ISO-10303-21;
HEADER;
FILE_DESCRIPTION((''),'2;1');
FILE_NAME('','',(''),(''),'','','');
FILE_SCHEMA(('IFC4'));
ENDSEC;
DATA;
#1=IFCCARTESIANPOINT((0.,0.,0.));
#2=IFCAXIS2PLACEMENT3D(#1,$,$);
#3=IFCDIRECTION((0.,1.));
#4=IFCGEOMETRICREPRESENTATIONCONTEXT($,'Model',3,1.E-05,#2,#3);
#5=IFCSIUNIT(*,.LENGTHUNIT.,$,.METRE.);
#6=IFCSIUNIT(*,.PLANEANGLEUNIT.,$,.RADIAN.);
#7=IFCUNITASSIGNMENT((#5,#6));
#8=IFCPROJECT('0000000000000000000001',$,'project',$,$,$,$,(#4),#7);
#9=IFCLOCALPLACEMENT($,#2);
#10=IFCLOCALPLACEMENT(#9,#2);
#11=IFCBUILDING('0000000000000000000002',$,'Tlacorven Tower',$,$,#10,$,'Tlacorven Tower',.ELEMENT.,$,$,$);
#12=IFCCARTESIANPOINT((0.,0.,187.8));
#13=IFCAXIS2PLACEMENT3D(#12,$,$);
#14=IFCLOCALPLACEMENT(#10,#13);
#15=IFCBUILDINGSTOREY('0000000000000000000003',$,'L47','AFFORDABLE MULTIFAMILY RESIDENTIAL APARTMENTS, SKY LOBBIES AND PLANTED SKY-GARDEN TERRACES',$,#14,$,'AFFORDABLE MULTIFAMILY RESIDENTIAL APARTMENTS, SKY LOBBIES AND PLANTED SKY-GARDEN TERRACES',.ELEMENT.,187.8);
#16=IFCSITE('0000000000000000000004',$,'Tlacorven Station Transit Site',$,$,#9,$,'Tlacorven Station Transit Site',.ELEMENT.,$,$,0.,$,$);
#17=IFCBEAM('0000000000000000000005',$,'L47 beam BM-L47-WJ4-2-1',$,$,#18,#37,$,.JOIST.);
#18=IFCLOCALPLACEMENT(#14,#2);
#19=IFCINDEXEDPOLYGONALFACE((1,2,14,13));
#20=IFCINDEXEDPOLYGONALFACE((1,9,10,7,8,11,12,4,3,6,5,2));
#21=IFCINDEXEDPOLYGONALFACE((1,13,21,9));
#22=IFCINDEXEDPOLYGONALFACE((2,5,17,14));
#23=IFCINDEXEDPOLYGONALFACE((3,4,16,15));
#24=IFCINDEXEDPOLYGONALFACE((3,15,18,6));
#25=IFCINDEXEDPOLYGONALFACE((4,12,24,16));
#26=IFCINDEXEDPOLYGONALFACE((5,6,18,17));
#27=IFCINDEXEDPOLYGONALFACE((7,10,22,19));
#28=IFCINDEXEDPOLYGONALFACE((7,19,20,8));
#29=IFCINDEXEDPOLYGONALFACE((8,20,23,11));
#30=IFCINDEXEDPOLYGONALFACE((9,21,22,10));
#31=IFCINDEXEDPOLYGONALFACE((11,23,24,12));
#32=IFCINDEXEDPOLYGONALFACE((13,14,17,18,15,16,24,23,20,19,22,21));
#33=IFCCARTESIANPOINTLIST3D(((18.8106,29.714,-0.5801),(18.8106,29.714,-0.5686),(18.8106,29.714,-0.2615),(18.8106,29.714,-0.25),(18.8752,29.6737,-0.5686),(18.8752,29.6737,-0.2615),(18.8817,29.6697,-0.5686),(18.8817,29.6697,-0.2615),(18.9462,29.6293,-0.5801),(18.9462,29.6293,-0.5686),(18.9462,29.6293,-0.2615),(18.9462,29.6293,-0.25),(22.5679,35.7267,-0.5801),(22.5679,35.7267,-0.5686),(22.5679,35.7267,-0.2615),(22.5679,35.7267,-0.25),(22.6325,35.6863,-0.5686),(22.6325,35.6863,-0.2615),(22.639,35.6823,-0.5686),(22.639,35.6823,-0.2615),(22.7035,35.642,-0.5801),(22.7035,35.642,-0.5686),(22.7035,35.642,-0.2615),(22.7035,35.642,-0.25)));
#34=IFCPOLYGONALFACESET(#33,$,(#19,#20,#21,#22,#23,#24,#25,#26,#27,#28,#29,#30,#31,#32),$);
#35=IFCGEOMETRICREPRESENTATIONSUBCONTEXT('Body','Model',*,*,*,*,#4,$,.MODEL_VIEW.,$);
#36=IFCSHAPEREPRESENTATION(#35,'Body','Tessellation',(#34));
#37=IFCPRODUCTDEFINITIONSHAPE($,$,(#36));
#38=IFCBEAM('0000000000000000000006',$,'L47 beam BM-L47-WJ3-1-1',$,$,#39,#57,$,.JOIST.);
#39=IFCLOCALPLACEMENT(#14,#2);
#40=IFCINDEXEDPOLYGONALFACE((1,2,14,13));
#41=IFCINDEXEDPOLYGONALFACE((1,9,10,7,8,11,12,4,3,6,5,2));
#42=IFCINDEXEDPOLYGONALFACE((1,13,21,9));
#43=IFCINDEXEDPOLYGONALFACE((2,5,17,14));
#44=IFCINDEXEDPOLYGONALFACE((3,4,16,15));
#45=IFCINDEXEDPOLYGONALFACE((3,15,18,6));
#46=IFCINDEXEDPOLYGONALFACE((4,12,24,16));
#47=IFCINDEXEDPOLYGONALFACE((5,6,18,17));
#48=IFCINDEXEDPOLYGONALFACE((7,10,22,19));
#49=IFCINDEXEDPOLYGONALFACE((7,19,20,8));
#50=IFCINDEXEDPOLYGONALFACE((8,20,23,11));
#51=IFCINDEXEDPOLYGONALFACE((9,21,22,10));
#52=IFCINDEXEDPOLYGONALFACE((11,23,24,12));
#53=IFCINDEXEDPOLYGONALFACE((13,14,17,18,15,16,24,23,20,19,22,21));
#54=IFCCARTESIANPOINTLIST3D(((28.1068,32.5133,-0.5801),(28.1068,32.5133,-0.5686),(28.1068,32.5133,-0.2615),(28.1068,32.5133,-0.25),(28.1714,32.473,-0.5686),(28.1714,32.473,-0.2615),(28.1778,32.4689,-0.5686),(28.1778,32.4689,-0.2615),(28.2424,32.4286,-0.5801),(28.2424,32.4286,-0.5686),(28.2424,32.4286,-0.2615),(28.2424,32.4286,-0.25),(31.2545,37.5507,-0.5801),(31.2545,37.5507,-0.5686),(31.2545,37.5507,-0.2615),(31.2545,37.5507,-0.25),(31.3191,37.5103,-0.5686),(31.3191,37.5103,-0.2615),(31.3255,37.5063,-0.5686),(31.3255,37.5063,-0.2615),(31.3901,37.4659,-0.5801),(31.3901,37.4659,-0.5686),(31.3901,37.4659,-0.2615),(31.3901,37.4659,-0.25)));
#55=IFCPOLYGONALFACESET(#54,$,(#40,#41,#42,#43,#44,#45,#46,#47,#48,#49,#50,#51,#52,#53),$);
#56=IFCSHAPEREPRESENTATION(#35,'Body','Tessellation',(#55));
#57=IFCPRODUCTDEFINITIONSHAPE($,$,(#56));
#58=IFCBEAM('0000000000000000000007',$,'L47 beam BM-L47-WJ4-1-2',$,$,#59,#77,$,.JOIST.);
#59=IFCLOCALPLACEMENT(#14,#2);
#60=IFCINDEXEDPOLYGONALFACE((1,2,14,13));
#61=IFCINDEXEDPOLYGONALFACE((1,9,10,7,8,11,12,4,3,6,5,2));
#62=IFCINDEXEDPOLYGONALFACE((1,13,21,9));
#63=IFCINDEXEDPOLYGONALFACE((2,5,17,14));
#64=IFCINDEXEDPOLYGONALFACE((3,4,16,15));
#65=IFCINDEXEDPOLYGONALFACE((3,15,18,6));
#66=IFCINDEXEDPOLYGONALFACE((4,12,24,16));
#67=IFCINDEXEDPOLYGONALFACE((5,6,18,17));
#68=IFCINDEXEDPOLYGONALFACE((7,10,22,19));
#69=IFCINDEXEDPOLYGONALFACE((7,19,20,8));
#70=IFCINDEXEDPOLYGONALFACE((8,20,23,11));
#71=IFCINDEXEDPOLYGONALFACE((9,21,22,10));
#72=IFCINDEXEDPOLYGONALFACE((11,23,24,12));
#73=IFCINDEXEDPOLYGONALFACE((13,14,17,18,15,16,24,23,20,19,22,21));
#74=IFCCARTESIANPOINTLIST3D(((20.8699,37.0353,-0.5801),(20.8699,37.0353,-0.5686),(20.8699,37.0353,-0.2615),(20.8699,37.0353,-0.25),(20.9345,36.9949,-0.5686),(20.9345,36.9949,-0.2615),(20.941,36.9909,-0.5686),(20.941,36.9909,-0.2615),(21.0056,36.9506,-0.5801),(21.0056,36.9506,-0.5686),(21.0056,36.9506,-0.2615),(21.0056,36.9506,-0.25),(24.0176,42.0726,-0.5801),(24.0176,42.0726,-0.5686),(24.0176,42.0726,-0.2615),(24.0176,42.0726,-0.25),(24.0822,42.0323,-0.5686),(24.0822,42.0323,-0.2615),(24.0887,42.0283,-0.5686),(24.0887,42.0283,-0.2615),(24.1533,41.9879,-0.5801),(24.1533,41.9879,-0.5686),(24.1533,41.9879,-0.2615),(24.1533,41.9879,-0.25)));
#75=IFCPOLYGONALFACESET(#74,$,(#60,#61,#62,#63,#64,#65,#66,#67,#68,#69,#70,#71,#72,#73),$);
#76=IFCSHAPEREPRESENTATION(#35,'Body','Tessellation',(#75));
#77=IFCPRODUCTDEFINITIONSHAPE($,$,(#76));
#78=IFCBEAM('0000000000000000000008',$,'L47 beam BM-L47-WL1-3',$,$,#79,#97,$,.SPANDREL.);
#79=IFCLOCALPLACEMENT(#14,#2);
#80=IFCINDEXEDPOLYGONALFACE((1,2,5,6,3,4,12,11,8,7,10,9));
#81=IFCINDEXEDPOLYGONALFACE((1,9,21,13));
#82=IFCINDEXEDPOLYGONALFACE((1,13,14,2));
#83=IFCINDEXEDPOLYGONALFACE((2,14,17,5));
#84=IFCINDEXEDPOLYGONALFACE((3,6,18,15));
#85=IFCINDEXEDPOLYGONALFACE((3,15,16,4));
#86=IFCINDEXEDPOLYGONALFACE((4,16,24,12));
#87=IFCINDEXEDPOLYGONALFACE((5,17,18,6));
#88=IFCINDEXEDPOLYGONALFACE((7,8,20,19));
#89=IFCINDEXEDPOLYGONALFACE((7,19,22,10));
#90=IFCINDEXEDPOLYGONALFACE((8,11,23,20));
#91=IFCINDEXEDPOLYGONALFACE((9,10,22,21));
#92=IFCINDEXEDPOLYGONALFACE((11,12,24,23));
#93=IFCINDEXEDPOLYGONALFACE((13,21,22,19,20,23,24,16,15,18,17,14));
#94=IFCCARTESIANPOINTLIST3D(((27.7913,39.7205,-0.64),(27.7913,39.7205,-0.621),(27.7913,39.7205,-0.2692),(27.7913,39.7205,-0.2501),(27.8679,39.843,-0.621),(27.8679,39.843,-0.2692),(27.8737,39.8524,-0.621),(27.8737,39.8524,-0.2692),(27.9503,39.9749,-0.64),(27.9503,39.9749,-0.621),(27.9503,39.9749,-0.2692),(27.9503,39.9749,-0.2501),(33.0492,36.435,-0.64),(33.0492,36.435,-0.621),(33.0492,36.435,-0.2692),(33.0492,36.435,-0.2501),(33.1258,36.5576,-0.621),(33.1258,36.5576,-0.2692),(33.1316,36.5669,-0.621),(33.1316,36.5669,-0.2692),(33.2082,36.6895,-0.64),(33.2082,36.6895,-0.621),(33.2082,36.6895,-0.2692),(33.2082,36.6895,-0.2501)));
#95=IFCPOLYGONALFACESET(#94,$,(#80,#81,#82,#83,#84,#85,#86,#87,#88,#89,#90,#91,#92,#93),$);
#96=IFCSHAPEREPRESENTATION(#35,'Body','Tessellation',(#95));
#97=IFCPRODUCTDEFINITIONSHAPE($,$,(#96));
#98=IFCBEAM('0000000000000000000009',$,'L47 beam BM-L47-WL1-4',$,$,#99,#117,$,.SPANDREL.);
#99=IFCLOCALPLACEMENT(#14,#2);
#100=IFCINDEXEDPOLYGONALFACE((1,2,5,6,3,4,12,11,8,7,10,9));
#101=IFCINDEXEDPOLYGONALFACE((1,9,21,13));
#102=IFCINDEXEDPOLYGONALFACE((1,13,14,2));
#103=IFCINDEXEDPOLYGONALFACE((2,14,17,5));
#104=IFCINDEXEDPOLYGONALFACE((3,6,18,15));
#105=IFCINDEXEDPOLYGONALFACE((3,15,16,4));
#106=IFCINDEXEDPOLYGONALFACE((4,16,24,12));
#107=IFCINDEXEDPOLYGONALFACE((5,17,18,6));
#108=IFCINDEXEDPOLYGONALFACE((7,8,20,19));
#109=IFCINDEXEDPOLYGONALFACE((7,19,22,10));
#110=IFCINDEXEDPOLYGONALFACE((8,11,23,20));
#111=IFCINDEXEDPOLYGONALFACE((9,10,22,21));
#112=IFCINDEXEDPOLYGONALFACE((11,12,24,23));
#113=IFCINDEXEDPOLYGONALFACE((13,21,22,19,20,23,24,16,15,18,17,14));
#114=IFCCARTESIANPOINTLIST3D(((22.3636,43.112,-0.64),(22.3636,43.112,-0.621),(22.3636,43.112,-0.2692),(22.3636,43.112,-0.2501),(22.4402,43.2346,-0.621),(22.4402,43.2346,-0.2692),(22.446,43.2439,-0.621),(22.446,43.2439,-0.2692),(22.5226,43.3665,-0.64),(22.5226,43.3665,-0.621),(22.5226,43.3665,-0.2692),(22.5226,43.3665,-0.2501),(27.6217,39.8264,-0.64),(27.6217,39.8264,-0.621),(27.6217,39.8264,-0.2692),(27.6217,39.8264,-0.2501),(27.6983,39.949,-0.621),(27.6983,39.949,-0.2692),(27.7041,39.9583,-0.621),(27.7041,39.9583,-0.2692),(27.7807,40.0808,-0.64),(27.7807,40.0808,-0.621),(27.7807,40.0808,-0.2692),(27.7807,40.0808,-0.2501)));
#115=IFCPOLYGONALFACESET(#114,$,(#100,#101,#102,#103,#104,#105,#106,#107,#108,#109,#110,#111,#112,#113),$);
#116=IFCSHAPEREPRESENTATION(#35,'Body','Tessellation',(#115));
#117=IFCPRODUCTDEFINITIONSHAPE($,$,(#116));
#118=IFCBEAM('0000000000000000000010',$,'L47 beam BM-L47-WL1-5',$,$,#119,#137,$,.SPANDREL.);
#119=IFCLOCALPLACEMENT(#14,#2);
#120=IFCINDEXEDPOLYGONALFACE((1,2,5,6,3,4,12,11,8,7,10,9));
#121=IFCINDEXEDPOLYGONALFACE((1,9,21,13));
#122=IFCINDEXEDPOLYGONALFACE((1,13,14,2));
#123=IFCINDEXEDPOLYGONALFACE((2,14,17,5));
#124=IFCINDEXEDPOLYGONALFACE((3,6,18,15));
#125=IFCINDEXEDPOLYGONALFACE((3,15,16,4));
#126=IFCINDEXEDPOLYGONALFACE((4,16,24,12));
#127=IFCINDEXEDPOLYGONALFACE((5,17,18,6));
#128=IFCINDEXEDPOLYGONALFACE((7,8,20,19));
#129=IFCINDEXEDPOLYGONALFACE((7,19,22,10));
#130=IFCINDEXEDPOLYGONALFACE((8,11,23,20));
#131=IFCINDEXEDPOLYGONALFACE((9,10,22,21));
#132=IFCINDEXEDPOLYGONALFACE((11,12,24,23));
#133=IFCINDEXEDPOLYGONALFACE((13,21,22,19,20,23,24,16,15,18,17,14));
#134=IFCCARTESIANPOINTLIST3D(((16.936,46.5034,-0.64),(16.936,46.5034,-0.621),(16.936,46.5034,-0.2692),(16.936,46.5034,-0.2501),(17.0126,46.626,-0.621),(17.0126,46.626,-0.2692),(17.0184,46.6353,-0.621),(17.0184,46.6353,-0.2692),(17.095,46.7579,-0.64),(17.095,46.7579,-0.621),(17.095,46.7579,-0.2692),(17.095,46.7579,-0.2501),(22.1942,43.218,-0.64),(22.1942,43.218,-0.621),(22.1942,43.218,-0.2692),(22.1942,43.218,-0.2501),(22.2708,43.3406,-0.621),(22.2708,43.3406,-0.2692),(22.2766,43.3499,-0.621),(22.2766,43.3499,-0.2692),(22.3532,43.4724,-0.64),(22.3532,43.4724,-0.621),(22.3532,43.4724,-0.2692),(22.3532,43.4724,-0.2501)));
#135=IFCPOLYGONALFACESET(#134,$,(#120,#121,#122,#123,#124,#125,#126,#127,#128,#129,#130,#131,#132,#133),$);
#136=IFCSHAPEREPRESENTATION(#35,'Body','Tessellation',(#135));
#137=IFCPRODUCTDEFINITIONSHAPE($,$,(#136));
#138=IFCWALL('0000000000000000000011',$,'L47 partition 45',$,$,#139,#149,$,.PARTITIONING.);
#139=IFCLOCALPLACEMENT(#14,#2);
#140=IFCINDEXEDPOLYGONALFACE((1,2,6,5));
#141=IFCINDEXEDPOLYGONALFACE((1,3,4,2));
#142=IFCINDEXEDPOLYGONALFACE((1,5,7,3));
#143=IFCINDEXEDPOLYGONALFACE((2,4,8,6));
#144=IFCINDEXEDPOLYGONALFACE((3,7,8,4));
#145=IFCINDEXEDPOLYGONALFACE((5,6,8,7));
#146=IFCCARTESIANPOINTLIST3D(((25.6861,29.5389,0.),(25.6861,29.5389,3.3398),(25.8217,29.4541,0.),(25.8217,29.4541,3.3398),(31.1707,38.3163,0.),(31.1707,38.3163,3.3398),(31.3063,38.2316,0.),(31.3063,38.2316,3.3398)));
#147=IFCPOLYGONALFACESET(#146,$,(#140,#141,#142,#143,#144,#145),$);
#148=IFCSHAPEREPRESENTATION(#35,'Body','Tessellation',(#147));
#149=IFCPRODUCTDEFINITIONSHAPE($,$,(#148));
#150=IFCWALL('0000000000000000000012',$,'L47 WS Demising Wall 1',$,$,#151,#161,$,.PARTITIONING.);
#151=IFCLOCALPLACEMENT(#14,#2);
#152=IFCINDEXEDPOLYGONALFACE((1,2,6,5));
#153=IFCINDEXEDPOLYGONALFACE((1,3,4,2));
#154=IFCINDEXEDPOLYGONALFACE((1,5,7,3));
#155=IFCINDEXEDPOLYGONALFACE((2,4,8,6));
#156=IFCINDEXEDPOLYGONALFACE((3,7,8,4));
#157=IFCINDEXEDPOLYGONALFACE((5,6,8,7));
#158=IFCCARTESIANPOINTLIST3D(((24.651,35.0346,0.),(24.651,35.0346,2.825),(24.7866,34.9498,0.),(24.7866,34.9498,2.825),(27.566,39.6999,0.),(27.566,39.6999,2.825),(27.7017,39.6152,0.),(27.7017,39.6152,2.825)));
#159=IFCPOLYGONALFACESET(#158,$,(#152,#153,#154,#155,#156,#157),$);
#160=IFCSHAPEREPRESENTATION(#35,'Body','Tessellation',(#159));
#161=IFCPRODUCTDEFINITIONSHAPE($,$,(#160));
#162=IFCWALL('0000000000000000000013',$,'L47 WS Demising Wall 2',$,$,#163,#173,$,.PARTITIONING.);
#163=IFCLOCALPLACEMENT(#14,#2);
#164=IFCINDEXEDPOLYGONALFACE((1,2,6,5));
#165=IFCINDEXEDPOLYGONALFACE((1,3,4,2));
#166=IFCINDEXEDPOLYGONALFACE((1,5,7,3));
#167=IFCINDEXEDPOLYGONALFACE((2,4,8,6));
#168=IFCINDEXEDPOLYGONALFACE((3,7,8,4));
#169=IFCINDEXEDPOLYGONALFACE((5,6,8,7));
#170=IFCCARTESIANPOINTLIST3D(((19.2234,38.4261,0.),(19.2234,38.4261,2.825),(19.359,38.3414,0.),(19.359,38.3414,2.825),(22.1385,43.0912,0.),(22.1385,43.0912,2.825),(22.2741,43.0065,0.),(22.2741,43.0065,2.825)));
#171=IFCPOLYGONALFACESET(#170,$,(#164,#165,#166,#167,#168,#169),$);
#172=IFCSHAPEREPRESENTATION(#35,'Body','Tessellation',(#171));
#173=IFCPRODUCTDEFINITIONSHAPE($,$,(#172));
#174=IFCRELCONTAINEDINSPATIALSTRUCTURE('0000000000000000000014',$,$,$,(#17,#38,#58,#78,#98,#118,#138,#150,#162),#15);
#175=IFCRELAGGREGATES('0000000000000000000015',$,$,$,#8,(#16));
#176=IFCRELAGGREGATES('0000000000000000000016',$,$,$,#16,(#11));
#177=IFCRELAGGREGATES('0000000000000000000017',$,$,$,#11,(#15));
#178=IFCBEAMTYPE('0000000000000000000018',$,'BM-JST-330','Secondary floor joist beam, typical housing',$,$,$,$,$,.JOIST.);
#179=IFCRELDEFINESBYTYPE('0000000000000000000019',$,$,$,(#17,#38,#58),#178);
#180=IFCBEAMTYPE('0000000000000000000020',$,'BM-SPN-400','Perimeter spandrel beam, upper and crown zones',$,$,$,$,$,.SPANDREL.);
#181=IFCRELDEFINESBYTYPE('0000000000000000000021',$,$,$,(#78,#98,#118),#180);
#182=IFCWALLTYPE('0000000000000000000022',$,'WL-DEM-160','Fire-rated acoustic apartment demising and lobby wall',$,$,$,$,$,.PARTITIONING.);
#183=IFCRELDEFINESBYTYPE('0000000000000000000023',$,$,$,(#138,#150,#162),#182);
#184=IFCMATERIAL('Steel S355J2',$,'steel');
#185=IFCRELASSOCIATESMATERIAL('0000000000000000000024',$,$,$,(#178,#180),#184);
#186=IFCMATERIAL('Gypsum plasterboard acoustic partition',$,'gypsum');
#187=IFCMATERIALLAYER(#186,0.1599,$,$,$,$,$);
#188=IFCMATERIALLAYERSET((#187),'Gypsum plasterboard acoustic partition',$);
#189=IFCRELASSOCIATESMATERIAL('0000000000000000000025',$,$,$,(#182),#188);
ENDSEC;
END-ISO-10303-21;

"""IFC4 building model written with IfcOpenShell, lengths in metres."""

from ifc_helpers import new_model, si_unit, direction, frame, frame_2d, origin, origin_2d, place, context, subcontext, project, spatial, rectangle, i_section, extrude, source, transform, mapped, material, layer, layer_set, material_profile, profile_set, type_object, element, save


model = new_model("IFC4")

# Units and contexts
model_context = context("Model", 3, precision=1e-05, world=origin(), true_north=direction((0.0, 1.0)))
body_context = subcontext(model_context, "Body", "Model", "MODEL_VIEW")
ifc_project = project(units=[si_unit("LENGTHUNIT", "METRE"), si_unit("PLANEANGLEUNIT", "RADIAN")], contexts=[model_context])

# Site, building, storey
site_placement = place(None, origin())
site = spatial("IfcSite", under=ifc_project, at=site_placement, Name="Tlacorven Station Transit Site", LongName="Tlacorven Station Transit Site", CompositionType="ELEMENT", RefElevation=0.0)
building_placement = place(site_placement, origin())
building = spatial("IfcBuilding", under=site, at=building_placement, Name="Tlacorven Tower", LongName="Tlacorven Tower", CompositionType="ELEMENT")
storey_placement = place(building_placement, frame((0.0, 0.0, 187.8)))
storey = spatial("IfcBuildingStorey", under=building, at=storey_placement, Name="L47", Description="AFFORDABLE MULTIFAMILY RESIDENTIAL APARTMENTS, SKY LOBBIES AND PLANTED SKY-GARDEN TERRACES", LongName="AFFORDABLE MULTIFAMILY RESIDENTIAL APARTMENTS, SKY LOBBIES AND PLANTED SKY-GARDEN TERRACES", CompositionType="ELEMENT", Elevation=187.8)

# Beams
ifc_material_1 = material(Name="Steel S355J2", Category="steel")
ifc_material_profile_1 = material_profile(ifc_material_1, i_section(OverallWidth=0.1599, OverallDepth=0.3301, WebThickness=0.0076, FlangeThickness=0.0115, at=origin_2d()), Name="IPE 330")
ifc_profile_set_1 = profile_set([ifc_material_profile_1], Name="Steel S355J2")
beam_type_1 = type_object("IfcBeamType", Name="BM-JST-330", Description="Secondary floor joist beam, typical housing", PredefinedType="JOIST", material=ifc_profile_set_1)
shared_shape_1 = source(origin(), body_context, "Body", "SweptSolid", [
    extrude(i_section(OverallWidth=0.1599, OverallDepth=0.3301, WebThickness=0.0076, FlangeThickness=0.0115, at=origin_2d()), origin(), (0.0, 0.0, 1.0), 7.0901),
])
beam_1_placement = place(storey_placement, frame((22.6357, 35.6843, -0.415), z_axis=(-0.529937, -0.848037, 0.0), x_axis=(0.848037, -0.529937, 0.0)))
element("IfcBeam", 1, at=beam_1_placement, inside=storey, type_object=beam_type_1, Name="L47 beam BM-L47-WJ4-2-1", PredefinedType="JOIST", context=body_context, shape_type="MappedRepresentation", body=[
    mapped(shared_shape_1, transform((0.0, 0.0, 0.0), scale=1.0)),
])
shared_shape_2 = source(origin(), body_context, "Body", "SweptSolid", [
    extrude(i_section(OverallWidth=0.1599, OverallDepth=0.3301, WebThickness=0.0076, FlangeThickness=0.0115, at=origin_2d()), origin(), (0.0, 0.0, 1.0), 5.9399),
])
for number, where, z_axis, x_axis, name in (
    (2, (31.3223, 37.5083, -0.415), (-0.529921, -0.848047, 0.0), (0.848047, -0.529921, 0.0), "L47 beam BM-L47-WJ3-1-1"),
    (3, (24.0854, 42.0303, -0.415), (-0.529921, -0.848047, 0.0), (0.848047, -0.529921, 0.0), "L47 beam BM-L47-WJ4-1-2"),
):
    element("IfcBeam", number, at=place(storey_placement, frame(where, z_axis=z_axis, x_axis=x_axis)), inside=storey, type_object=beam_type_1, Name=name, PredefinedType="JOIST", context=body_context, shape_type="MappedRepresentation", body=[
        mapped(shared_shape_2, transform((0.0, 0.0, 0.0), scale=1.0)),
    ])
ifc_material_profile_2 = material_profile(ifc_material_1, i_section(OverallWidth=0.3, OverallDepth=0.3899, WebThickness=0.011, FlangeThickness=0.019, at=origin_2d()), Name="HEA 400")
ifc_profile_set_2 = profile_set([ifc_material_profile_2], Name="Steel S355J2")
beam_type_2 = type_object("IfcBeamType", Name="BM-SPN-400", Description="Perimeter spandrel beam, upper and crown zones", PredefinedType="SPANDREL", material=ifc_profile_set_2)
shared_shape_3 = source(origin(), body_context, "Body", "SweptSolid", [
    extrude(i_section(OverallWidth=0.3, OverallDepth=0.3899, WebThickness=0.011, FlangeThickness=0.019, at=origin_2d()), origin(), (0.0, 0.0, 1.0), 6.2),
])
beam_2_placement = place(storey_placement, frame((33.1287, 36.5623, -0.4451), z_axis=(-0.848051, 0.529914, 0.0), x_axis=(-0.529914, -0.848051, 0.0)))
element("IfcBeam", 4, at=beam_2_placement, inside=storey, type_object=beam_type_2, Name="L47 beam BM-L47-WL1-3", PredefinedType="SPANDREL", context=body_context, shape_type="MappedRepresentation", body=[
    mapped(shared_shape_3, transform((0.0, 0.0, 0.0), scale=1.0)),
])
shared_shape_4 = source(origin(), body_context, "Body", "SweptSolid", [
    extrude(i_section(OverallWidth=0.3, OverallDepth=0.3899, WebThickness=0.011, FlangeThickness=0.019, at=origin_2d()), origin(), (0.0, 0.0, 1.0), 6.2002),
])
for number, where, z_axis, x_axis, name in (
    (5, (27.7012, 39.9536, -0.4451), (-0.848045, 0.529925, 0.0), (-0.529925, -0.848045, 0.0), "L47 beam BM-L47-WL1-4"),
    (6, (22.2737, 43.3452, -0.4451), (-0.848062, 0.529896, 0.0), (-0.529896, -0.848062, 0.0), "L47 beam BM-L47-WL1-5"),
):
    element("IfcBeam", number, at=place(storey_placement, frame(where, z_axis=z_axis, x_axis=x_axis)), inside=storey, type_object=beam_type_2, Name=name, PredefinedType="SPANDREL", context=body_context, shape_type="MappedRepresentation", body=[
        mapped(shared_shape_4, transform((0.0, 0.0, 0.0), scale=1.0)),
    ])

# Walls
ifc_material_2 = material(Name="Gypsum plasterboard acoustic partition", Category="gypsum")
ifc_layer_1 = layer(ifc_material_2, 0.1599)
ifc_layer_set_1 = layer_set([ifc_layer_1], Name="Gypsum plasterboard acoustic partition")
wall_type_1 = type_object("IfcWallType", Name="WL-DEM-160", Description="Fire-rated acoustic apartment demising and lobby wall", PredefinedType="PARTITIONING", material=ifc_layer_set_1)
wall_1_placement = place(storey_placement, frame((31.2385, 38.2739, 0.0), z_axis=(0.0, 0.0, 1.0), x_axis=(-0.529914, -0.848051, 0.0)))
element("IfcWall", 7, at=wall_1_placement, inside=storey, type_object=wall_type_1, Name="L47 partition 45", PredefinedType="PARTITIONING", context=body_context, shape_type="SweptSolid", body=[
    extrude(rectangle(XDim=10.3501, YDim=0.1599, at=frame_2d((5.175, 0.0))), origin(), (0.0, 0.0, 1.0), 3.3398),
])
wall_2_placement = place(storey_placement, frame((27.6338, 39.6575, 0.0), z_axis=(0.0, 0.0, 1.0), x_axis=(-0.529899, -0.848061, 0.0)))
element("IfcWall", 8, at=wall_2_placement, inside=storey, type_object=wall_type_1, Name="L47 WS Demising Wall 1", PredefinedType="PARTITIONING", context=body_context, shape_type="SweptSolid", body=[
    extrude(rectangle(XDim=5.5012, YDim=0.1599, at=frame_2d((2.7505, 0.0))), origin(), (0.0, 0.0, 1.0), 2.825),
])
wall_3_placement = place(storey_placement, frame((22.2063, 43.0488, 0.0), z_axis=(0.0, 0.0, 1.0), x_axis=(-0.529919, -0.848048, 0.0)))
element("IfcWall", 9, at=wall_3_placement, inside=storey, type_object=wall_type_1, Name="L47 WS Demising Wall 2", PredefinedType="PARTITIONING", context=body_context, shape_type="SweptSolid", body=[
    extrude(rectangle(XDim=5.501, YDim=0.1599, at=frame_2d((2.7505, 0.0))), origin(), (0.0, 0.0, 1.0), 2.825),
])

save(model, "model.ifc")
